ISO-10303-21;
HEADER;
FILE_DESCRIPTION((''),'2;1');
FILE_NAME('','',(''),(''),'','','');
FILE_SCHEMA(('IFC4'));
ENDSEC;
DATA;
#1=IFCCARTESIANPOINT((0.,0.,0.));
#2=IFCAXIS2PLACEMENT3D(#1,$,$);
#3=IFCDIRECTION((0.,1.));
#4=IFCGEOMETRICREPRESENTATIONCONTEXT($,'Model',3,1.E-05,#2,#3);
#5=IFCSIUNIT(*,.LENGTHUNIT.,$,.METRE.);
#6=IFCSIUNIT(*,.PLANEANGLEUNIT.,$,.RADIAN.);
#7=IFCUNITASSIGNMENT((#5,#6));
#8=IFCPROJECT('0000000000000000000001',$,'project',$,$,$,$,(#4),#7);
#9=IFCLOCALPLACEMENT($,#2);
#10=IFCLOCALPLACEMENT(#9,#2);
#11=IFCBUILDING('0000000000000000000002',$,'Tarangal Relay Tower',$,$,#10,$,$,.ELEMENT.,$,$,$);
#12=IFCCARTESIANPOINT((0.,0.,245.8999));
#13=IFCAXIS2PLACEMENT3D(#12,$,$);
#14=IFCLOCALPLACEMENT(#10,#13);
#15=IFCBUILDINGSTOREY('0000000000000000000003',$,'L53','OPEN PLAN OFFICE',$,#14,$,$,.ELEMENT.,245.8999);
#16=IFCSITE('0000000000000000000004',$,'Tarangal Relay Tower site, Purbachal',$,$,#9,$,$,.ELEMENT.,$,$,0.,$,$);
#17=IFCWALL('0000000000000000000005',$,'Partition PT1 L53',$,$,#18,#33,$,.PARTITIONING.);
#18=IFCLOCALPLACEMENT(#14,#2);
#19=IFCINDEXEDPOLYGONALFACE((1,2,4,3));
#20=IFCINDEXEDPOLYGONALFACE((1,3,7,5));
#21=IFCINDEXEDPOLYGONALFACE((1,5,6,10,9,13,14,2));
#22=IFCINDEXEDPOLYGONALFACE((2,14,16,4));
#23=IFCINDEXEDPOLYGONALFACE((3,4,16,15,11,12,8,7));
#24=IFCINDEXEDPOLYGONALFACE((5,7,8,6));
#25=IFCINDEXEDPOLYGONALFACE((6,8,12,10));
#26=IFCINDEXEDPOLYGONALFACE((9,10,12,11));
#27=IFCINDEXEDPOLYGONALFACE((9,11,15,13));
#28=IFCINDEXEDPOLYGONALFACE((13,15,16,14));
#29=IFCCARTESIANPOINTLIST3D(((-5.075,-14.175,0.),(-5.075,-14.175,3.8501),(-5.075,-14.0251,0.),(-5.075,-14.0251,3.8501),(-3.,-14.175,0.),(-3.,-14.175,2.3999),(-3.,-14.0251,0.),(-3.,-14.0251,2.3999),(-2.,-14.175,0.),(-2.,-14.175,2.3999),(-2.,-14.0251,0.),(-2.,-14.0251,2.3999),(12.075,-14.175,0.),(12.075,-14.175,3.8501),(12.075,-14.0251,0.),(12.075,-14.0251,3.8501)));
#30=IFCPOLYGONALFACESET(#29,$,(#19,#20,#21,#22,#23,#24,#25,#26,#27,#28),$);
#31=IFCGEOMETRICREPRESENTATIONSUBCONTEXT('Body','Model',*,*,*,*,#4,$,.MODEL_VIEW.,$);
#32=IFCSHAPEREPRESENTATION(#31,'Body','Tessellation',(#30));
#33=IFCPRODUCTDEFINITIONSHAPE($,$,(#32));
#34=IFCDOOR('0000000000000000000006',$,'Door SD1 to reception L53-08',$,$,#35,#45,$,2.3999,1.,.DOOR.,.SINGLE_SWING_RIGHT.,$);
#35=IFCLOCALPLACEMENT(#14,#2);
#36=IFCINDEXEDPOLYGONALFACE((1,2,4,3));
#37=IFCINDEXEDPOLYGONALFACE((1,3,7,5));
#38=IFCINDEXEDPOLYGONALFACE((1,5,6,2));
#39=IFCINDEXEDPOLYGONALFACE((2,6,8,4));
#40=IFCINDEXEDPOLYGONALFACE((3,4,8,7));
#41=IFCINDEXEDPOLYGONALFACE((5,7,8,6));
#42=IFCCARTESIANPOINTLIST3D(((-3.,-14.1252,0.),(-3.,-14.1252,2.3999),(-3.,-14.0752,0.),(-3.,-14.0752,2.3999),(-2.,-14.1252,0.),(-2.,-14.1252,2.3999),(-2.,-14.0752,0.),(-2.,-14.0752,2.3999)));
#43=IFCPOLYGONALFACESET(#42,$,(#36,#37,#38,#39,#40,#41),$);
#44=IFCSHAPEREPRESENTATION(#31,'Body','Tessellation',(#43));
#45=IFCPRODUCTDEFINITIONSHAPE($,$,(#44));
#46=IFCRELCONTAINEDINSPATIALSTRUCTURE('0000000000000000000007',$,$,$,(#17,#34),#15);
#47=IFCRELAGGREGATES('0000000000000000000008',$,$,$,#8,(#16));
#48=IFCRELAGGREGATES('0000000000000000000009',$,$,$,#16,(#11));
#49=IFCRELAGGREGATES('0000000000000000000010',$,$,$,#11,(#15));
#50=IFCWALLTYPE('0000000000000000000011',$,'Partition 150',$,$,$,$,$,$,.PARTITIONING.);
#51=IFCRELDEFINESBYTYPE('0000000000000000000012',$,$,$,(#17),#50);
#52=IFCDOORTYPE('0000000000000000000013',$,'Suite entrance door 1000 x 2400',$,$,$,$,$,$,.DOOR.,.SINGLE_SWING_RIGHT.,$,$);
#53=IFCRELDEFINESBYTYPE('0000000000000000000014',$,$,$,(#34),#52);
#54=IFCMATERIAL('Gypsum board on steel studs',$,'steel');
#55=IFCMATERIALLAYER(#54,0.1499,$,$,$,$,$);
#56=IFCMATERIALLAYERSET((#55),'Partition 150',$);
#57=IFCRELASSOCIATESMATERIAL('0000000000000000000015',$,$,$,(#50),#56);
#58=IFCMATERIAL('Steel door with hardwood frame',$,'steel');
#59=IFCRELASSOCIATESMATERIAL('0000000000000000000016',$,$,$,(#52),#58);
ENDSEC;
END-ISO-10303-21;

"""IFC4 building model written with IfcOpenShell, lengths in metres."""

from ifc_helpers import new_model, si_unit, direction, frame, frame_2d, origin, place, context, subcontext, project, spatial, rectangle, extrude, material, layer, layer_set, type_object, element, fill, save


model = new_model("IFC4")

# Units and contexts
model_context = context("Model", 3, precision=1e-05, world=origin(), true_north=direction((0.0, 1.0)))
body_context = subcontext(model_context, "Body", "Model", "MODEL_VIEW")
ifc_project = project(units=[si_unit("LENGTHUNIT", "METRE"), si_unit("PLANEANGLEUNIT", "RADIAN")], contexts=[model_context])

# Site, building, storey
site_placement = place(None, origin())
site = spatial("IfcSite", under=ifc_project, at=site_placement, Name="Tarangal Relay Tower site, Purbachal", CompositionType="ELEMENT", RefElevation=0.0)
building_placement = place(site_placement, origin())
building = spatial("IfcBuilding", under=site, at=building_placement, Name="Tarangal Relay Tower", CompositionType="ELEMENT")
storey_placement = place(building_placement, frame((0.0, 0.0, 245.8999)))
storey = spatial("IfcBuildingStorey", under=building, at=storey_placement, Name="L53", Description="OPEN PLAN OFFICE", CompositionType="ELEMENT", Elevation=245.8999)

# Shared definitions
ifc_material_1 = material(Name="Gypsum board on steel studs", Category="steel")
ifc_layer_1 = layer(ifc_material_1, 0.1499)
ifc_layer_set_1 = layer_set([ifc_layer_1], Name="Partition 150")
wall_type_1 = type_object("IfcWallType", Name="Partition 150", PredefinedType="PARTITIONING", material=ifc_layer_set_1)

# Wall, opening, door
wall_1_placement = place(storey_placement, frame((-5.075, -14.1001, 0.0), z_axis=(0.0, 0.0, 1.0), x_axis=(1.0, 0.0, 0.0)))
wall_1 = element("IfcWall", 1, at=wall_1_placement, inside=storey, type_object=wall_type_1, Name="Partition PT1 L53", PredefinedType="PARTITIONING", context=body_context, shape_type="SweptSolid", body=[
    extrude(rectangle(XDim=17.1499, YDim=0.1499, at=frame_2d((8.575, 0.0))), origin(), (0.0, 0.0, 1.0), 3.8501),
])
opening_1_placement = place(wall_1_placement, frame((2.075, 0.0, 0.0)))
opening_1 = element("IfcOpeningElement", 2, at=opening_1_placement, cuts=wall_1, PredefinedType="OPENING", context=body_context, shape_type="SweptSolid", body=[
    extrude(rectangle(XDim=1.0, YDim=2.3999, at=frame_2d((0.5, 1.2))), frame((0.0, 0.085, 0.0), z_axis=(0.0, -1.0, 0.0), x_axis=(1.0, 0.0, 0.0)), (0.0, 0.0, 1.0), 0.1699),
])
ifc_material_2 = material(Name="Steel door with hardwood frame", Category="steel")
door_type_1 = type_object("IfcDoorType", Name="Suite entrance door 1000 x 2400", OperationType="SINGLE_SWING_RIGHT", PredefinedType="DOOR", material=ifc_material_2)
door_1_placement = place(opening_1_placement, origin())
door_1 = element("IfcDoor", 3, at=door_1_placement, inside=storey, type_object=door_type_1, Name="Door SD1 to reception L53-08", OperationType="SINGLE_SWING_RIGHT", OverallHeight=2.3999, OverallWidth=1.0, PredefinedType="DOOR", context=body_context, shape_type="SweptSolid", body=[
    extrude(rectangle(XDim=1.0, YDim=2.3999, at=frame_2d((0.5, 1.2))), frame((0.0, 0.0249, 0.0), z_axis=(0.0, -1.0, 0.0), x_axis=(1.0, 0.0, 0.0)), (0.0, 0.0, 1.0), 0.05),
])
fill(opening_1, door_1)

save(model, "model.ifc")
